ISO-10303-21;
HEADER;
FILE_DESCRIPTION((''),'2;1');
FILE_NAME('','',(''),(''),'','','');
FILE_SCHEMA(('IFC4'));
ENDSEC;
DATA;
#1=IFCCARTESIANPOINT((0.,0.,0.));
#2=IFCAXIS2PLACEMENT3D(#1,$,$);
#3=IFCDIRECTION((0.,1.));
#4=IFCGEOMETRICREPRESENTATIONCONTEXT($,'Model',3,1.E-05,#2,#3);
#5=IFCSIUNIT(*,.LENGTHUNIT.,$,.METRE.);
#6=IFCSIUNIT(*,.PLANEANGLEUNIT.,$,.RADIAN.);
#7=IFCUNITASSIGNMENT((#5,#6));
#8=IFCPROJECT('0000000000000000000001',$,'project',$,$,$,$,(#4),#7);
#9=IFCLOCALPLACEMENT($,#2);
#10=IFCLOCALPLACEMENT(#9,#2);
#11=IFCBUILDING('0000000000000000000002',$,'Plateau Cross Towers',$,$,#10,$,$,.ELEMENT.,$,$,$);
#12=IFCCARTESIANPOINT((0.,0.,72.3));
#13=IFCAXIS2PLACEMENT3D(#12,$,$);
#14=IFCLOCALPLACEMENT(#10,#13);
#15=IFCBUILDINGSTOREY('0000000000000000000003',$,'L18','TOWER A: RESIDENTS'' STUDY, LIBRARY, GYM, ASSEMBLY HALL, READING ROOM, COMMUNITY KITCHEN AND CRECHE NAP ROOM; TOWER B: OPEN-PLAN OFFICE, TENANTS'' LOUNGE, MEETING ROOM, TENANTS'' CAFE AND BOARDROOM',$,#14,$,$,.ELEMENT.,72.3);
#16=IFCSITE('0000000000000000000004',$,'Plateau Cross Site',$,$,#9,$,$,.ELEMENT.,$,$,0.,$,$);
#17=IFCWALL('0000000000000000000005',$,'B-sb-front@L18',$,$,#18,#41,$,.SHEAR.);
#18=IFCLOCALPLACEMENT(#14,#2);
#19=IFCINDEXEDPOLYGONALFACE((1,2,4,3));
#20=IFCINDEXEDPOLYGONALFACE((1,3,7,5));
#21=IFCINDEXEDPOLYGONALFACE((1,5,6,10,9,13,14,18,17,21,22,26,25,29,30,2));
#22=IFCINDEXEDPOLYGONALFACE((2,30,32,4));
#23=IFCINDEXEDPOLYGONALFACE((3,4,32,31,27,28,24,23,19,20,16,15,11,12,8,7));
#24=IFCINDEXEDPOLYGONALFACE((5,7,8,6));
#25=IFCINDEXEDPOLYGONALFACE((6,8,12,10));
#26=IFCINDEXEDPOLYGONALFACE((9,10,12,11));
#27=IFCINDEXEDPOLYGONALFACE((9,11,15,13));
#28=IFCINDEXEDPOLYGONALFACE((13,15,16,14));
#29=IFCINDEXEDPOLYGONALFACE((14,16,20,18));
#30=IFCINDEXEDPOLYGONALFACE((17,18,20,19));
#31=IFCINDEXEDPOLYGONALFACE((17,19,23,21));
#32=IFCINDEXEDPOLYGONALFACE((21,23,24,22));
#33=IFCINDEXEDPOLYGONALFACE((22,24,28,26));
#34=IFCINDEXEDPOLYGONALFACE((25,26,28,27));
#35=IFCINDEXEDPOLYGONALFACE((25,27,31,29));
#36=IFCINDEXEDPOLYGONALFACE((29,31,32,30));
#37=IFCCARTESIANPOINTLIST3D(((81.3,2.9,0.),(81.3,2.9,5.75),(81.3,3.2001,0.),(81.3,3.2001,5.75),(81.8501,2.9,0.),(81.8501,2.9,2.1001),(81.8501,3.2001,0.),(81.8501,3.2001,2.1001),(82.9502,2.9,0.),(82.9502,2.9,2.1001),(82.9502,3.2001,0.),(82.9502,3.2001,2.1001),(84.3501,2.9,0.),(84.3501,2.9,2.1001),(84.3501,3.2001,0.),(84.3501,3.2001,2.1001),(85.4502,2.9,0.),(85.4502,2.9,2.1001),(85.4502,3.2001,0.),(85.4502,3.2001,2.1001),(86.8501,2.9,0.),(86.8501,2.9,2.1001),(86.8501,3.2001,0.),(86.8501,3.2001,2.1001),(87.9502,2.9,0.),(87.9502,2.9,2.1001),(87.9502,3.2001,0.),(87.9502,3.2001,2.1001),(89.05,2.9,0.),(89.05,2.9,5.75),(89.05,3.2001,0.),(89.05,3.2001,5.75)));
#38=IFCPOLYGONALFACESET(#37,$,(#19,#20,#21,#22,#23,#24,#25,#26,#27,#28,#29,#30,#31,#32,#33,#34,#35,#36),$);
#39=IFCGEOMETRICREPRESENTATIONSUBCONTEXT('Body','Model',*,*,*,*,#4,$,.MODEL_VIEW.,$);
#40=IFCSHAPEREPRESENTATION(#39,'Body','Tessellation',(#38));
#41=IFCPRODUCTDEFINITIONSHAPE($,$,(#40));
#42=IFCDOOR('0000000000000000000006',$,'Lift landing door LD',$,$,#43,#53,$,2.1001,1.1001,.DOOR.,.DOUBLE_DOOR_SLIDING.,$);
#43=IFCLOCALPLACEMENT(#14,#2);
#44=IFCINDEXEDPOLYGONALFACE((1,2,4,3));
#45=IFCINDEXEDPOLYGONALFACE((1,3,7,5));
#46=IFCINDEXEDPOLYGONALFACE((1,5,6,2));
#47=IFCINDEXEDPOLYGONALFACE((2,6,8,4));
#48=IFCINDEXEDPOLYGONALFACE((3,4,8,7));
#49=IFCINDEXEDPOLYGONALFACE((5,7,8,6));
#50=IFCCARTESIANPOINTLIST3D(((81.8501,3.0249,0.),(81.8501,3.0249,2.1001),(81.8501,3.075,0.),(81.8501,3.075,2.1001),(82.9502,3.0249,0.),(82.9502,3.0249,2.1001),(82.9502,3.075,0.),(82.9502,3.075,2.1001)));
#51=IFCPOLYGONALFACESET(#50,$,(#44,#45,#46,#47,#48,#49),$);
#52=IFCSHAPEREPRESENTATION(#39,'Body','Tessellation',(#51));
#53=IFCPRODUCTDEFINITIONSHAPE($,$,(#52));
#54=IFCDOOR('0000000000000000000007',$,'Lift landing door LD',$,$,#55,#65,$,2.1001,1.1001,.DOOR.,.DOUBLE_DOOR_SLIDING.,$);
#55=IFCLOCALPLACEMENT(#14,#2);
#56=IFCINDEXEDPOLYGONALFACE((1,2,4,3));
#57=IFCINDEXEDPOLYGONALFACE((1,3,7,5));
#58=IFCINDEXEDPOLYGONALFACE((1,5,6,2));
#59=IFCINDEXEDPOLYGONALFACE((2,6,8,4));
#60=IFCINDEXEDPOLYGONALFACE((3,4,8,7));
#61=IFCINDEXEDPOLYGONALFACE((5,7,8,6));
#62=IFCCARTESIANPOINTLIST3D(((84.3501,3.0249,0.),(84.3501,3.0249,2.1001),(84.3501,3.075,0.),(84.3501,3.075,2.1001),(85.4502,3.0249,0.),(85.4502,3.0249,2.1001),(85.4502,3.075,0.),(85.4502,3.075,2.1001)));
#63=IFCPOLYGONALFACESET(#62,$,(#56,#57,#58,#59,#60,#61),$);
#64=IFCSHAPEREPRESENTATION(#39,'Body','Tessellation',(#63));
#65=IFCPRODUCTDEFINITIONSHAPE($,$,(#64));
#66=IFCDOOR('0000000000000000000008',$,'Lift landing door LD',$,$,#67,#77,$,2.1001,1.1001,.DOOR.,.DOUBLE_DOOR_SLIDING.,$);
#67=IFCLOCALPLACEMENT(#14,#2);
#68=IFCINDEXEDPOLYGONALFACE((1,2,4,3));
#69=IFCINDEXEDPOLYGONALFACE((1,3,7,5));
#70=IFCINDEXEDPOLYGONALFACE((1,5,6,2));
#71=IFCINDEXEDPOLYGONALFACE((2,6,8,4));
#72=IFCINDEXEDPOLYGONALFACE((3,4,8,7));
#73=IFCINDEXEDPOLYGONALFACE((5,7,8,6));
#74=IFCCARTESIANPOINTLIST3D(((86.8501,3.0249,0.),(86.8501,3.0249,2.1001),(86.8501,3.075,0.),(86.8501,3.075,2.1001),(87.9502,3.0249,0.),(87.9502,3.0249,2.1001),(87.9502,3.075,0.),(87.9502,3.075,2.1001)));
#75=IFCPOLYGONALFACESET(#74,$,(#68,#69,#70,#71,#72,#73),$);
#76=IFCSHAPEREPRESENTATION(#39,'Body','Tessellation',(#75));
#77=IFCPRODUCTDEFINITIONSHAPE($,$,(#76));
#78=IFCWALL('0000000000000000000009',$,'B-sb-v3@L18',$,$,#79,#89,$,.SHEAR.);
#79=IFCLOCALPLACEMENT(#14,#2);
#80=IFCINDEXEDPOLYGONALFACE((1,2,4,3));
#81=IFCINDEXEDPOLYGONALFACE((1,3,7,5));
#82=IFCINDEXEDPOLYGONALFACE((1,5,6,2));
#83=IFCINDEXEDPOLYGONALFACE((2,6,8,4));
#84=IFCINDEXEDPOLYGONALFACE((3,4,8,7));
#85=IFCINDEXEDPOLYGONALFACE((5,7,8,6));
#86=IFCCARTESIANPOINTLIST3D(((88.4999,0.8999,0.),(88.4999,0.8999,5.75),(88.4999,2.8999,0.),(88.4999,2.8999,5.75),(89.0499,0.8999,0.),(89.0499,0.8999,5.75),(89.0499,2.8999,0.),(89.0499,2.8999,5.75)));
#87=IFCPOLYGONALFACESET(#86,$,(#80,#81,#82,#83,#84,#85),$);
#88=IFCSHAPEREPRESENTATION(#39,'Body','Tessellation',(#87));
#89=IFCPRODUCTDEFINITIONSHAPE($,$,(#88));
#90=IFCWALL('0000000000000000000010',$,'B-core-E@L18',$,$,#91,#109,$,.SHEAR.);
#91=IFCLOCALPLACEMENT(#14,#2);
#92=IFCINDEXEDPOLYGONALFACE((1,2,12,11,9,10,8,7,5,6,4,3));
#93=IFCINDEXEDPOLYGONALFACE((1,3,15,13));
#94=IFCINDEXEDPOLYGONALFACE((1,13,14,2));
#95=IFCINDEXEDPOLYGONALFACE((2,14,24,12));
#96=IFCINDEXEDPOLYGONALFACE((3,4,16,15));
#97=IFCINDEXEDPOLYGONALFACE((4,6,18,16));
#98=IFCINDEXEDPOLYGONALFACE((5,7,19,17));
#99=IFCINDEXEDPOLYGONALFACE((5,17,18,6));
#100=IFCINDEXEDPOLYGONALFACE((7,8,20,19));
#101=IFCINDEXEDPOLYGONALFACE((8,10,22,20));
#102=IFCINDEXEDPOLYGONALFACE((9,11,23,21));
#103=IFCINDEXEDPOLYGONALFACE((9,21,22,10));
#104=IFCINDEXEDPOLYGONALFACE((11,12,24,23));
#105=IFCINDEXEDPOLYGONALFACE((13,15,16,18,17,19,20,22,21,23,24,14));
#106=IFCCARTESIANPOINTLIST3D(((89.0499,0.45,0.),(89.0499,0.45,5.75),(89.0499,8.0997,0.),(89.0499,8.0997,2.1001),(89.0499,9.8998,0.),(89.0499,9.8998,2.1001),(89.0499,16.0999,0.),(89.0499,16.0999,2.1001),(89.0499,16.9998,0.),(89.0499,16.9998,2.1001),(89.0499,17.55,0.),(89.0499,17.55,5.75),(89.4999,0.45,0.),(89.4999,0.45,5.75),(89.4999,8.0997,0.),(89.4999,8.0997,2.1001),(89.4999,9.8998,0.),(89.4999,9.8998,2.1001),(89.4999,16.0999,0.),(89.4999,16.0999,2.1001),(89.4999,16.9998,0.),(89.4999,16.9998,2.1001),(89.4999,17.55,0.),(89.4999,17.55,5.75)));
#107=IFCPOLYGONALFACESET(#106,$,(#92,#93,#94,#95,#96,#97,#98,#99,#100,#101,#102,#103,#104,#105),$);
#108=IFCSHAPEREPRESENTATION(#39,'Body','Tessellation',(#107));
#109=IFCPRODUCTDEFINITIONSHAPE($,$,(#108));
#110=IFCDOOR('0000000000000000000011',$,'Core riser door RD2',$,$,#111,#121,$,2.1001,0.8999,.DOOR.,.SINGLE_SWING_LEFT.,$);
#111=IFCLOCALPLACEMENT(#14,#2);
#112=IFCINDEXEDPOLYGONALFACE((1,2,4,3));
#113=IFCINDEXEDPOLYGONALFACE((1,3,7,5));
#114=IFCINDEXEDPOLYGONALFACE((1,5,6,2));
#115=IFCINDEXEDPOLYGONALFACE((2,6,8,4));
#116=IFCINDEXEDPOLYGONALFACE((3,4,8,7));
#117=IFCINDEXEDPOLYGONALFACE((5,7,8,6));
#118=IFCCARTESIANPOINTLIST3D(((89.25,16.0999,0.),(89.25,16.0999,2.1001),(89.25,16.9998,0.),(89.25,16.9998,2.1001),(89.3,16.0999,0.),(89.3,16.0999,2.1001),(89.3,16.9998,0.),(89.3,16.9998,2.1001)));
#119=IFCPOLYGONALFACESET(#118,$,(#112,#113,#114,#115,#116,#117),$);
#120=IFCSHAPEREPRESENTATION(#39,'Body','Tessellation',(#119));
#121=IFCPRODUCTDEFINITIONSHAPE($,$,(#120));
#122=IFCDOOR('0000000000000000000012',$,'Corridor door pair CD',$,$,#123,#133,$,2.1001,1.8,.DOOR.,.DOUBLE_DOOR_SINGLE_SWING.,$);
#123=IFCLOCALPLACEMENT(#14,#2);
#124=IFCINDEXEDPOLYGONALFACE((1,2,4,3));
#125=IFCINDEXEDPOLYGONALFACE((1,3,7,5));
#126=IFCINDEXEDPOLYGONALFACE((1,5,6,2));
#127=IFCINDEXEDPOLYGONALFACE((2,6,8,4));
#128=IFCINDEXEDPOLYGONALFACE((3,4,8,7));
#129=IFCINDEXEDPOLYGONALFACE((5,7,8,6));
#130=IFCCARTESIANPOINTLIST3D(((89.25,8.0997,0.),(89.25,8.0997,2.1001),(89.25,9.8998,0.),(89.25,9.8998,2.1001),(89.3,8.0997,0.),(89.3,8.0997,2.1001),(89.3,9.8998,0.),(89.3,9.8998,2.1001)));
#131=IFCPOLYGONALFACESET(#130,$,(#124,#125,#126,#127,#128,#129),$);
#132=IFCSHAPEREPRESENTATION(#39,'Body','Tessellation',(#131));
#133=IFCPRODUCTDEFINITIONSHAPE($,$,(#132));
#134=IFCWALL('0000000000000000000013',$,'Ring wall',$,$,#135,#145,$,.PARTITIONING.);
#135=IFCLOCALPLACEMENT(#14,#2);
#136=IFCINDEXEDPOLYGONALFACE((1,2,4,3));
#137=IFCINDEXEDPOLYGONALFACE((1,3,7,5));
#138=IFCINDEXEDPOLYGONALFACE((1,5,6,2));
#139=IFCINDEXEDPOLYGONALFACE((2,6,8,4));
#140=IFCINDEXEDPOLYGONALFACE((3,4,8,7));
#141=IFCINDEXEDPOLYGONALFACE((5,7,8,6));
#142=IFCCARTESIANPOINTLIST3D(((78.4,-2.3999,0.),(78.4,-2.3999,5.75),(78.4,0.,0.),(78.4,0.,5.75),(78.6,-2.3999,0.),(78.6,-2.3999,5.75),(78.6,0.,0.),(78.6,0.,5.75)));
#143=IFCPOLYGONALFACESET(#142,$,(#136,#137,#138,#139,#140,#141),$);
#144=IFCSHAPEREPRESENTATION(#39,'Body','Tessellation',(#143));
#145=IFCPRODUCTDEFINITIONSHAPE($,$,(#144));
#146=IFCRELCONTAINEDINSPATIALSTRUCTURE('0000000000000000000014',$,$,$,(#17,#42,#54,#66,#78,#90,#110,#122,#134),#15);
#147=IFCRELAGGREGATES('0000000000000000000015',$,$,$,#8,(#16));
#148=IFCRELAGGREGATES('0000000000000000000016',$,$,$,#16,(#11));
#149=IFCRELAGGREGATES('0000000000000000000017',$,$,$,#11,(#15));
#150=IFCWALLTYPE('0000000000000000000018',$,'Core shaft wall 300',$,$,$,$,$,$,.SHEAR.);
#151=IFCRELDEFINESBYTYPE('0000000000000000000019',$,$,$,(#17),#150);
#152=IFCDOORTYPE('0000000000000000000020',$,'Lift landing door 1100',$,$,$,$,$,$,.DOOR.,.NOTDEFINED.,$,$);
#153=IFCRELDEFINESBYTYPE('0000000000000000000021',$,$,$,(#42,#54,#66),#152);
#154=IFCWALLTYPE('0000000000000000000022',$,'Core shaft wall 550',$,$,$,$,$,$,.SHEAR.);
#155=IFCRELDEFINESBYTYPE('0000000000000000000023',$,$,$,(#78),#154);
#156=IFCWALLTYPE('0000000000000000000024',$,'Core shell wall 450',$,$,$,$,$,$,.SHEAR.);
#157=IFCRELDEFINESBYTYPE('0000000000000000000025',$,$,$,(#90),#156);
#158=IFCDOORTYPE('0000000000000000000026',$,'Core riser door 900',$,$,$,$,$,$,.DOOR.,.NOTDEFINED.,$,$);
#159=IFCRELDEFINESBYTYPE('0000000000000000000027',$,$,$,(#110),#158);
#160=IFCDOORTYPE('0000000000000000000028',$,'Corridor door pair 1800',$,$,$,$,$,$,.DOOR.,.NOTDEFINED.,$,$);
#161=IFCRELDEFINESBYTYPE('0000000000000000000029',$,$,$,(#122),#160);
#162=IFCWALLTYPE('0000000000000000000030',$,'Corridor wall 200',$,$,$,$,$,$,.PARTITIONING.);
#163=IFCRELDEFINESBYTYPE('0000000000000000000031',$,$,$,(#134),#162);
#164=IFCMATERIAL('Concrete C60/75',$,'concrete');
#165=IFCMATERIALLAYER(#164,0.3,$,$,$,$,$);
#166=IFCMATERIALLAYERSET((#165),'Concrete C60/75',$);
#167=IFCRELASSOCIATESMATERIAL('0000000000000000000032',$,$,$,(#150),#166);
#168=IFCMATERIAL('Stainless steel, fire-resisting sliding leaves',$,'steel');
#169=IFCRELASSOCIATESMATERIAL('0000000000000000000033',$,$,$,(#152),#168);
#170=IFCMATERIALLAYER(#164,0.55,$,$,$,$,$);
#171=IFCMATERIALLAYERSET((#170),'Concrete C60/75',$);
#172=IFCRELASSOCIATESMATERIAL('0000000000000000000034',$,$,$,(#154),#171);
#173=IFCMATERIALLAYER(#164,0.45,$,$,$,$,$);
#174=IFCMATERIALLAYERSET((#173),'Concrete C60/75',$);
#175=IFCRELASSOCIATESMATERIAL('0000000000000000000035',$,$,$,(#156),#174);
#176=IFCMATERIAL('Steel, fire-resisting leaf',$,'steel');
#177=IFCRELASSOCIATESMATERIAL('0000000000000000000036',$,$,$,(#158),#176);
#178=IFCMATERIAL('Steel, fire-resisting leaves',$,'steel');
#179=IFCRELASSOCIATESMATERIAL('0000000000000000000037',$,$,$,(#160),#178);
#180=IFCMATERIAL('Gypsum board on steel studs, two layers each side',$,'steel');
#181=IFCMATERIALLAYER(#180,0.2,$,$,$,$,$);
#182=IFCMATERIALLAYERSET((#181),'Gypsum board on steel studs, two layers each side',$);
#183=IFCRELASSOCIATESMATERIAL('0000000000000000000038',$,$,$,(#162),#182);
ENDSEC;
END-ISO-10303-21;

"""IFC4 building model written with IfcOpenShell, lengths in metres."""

from ifc_helpers import new_model, si_unit, direction, frame, frame_2d, origin, place, context, subcontext, project, spatial, rectangle, extrude, material, layer, layer_set, type_object, element, fill, save


model = new_model("IFC4")

# Units and contexts
model_context = context("Model", 3, precision=1e-05, world=origin(), true_north=direction((0.0, 1.0)))
body_context = subcontext(model_context, "Body", "Model", "MODEL_VIEW")
ifc_project = project(units=[si_unit("LENGTHUNIT", "METRE"), si_unit("PLANEANGLEUNIT", "RADIAN")], contexts=[model_context])

# Site, building, storey
site_placement = place(None, origin())
site = spatial("IfcSite", under=ifc_project, at=site_placement, Name="Plateau Cross Site", CompositionType="ELEMENT", RefElevation=0.0)
building_placement = place(site_placement, origin())
building = spatial("IfcBuilding", under=site, at=building_placement, Name="Plateau Cross Towers", CompositionType="ELEMENT")
storey_placement = place(building_placement, frame((0.0, 0.0, 72.3)))
storey = spatial("IfcBuildingStorey", under=building, at=storey_placement, Name="L18", Description="TOWER A: RESIDENTS' STUDY, LIBRARY, GYM, ASSEMBLY HALL, READING ROOM, COMMUNITY KITCHEN AND CRECHE NAP ROOM; TOWER B: OPEN-PLAN OFFICE, TENANTS' LOUNGE, MEETING ROOM, TENANTS' CAFE AND BOARDROOM", CompositionType="ELEMENT", Elevation=72.3)

# Shared definitions
ifc_material_1 = material(Name="Concrete C60/75", Category="concrete")

# Shared definitions
ifc_layer_1 = layer(ifc_material_1, 0.3)
ifc_layer_set_1 = layer_set([ifc_layer_1], Name="Concrete C60/75")
wall_type_1 = type_object("IfcWallType", Name="Core shaft wall 300", PredefinedType="SHEAR", material=ifc_layer_set_1)

# Wall, openings, doors
wall_1_placement = place(storey_placement, frame((81.3, 3.05, 0.0), z_axis=(0.0, 0.0, 1.0), x_axis=(1.0, 0.0, 0.0)))
wall_1 = element("IfcWall", 1, at=wall_1_placement, inside=storey, type_object=wall_type_1, Name="B-sb-front@L18", PredefinedType="SHEAR", context=body_context, shape_type="SweptSolid", body=[
    extrude(rectangle(XDim=7.75, YDim=0.3, at=frame_2d((3.875, 0.0))), origin(), (0.0, 0.0, 1.0), 5.75),
])
opening_1_placement = place(wall_1_placement, frame((0.55, 0.0, 0.0)))
opening_1 = element("IfcOpeningElement", 2, at=opening_1_placement, cuts=wall_1, PredefinedType="OPENING", context=body_context, shape_type="SweptSolid", body=[
    extrude(rectangle(XDim=1.1001, YDim=2.1001, at=frame_2d((0.55, 1.05))), frame((0.0, 0.1599, 0.0), z_axis=(0.0, -1.0, 0.0), x_axis=(1.0, 0.0, 0.0)), (0.0, 0.0, 1.0), 0.3201),
])
opening_2_placement = place(wall_1_placement, frame((3.05, 0.0, 0.0)))
opening_2 = element("IfcOpeningElement", 3, at=opening_2_placement, cuts=wall_1, PredefinedType="OPENING", context=body_context, shape_type="SweptSolid", body=[
    extrude(rectangle(XDim=1.1001, YDim=2.1001, at=frame_2d((0.55, 1.05))), frame((0.0, 0.1599, 0.0), z_axis=(0.0, -1.0, 0.0), x_axis=(1.0, 0.0, 0.0)), (0.0, 0.0, 1.0), 0.3201),
])
opening_3_placement = place(wall_1_placement, frame((5.55, 0.0, 0.0)))
opening_3 = element("IfcOpeningElement", 4, at=opening_3_placement, cuts=wall_1, PredefinedType="OPENING", context=body_context, shape_type="SweptSolid", body=[
    extrude(rectangle(XDim=1.1001, YDim=2.1001, at=frame_2d((0.55, 1.05))), frame((0.0, 0.1599, 0.0), z_axis=(0.0, -1.0, 0.0), x_axis=(1.0, 0.0, 0.0)), (0.0, 0.0, 1.0), 0.3201),
])
ifc_material_2 = material(Name="Stainless steel, fire-resisting sliding leaves", Category="steel")
door_type_1 = type_object("IfcDoorType", Name="Lift landing door 1100", OperationType="NOTDEFINED", PredefinedType="DOOR", material=ifc_material_2)
door_1_placement = place(opening_1_placement, origin())
door_1 = element("IfcDoor", 5, at=door_1_placement, inside=storey, type_object=door_type_1, Name="Lift landing door LD", OperationType="DOUBLE_DOOR_SLIDING", OverallHeight=2.1001, OverallWidth=1.1001, PredefinedType="DOOR", context=body_context, shape_type="SweptSolid", body=[
    extrude(rectangle(XDim=1.1001, YDim=2.1001, at=frame_2d((0.55, 1.05))), frame((0.0, 0.0249, 0.0), z_axis=(0.0, -1.0, 0.0), x_axis=(1.0, 0.0, 0.0)), (0.0, 0.0, 1.0), 0.05),
])
fill(opening_1, door_1)
door_2_placement = place(opening_2_placement, origin())
door_2 = element("IfcDoor", 6, at=door_2_placement, inside=storey, type_object=door_type_1, Name="Lift landing door LD", OperationType="DOUBLE_DOOR_SLIDING", OverallHeight=2.1001, OverallWidth=1.1001, PredefinedType="DOOR", context=body_context, shape_type="SweptSolid", body=[
    extrude(rectangle(XDim=1.1001, YDim=2.1001, at=frame_2d((0.55, 1.05))), frame((0.0, 0.0249, 0.0), z_axis=(0.0, -1.0, 0.0), x_axis=(1.0, 0.0, 0.0)), (0.0, 0.0, 1.0), 0.05),
])
fill(opening_2, door_2)
door_3_placement = place(opening_3_placement, origin())
door_3 = element("IfcDoor", 7, at=door_3_placement, inside=storey, type_object=door_type_1, Name="Lift landing door LD", OperationType="DOUBLE_DOOR_SLIDING", OverallHeight=2.1001, OverallWidth=1.1001, PredefinedType="DOOR", context=body_context, shape_type="SweptSolid", body=[
    extrude(rectangle(XDim=1.1001, YDim=2.1001, at=frame_2d((0.55, 1.05))), frame((0.0, 0.0249, 0.0), z_axis=(0.0, -1.0, 0.0), x_axis=(1.0, 0.0, 0.0)), (0.0, 0.0, 1.0), 0.05),
])
fill(opening_3, door_3)

# Wall
ifc_layer_2 = layer(ifc_material_1, 0.55)
ifc_layer_set_2 = layer_set([ifc_layer_2], Name="Concrete C60/75")
wall_type_2 = type_object("IfcWallType", Name="Core shaft wall 550", PredefinedType="SHEAR", material=ifc_layer_set_2)
wall_2_placement = place(storey_placement, frame((88.7749, 0.8999, 0.0), z_axis=(0.0, 0.0, 1.0), x_axis=(0.0, 1.0, 0.0)))
element("IfcWall", 8, at=wall_2_placement, inside=storey, type_object=wall_type_2, Name="B-sb-v3@L18", PredefinedType="SHEAR", context=body_context, shape_type="SweptSolid", body=[
    extrude(rectangle(XDim=2.0, YDim=0.55, at=frame_2d((1.0, 0.0))), origin(), (0.0, 0.0, 1.0), 5.75),
])

# Wall, openings, doors
ifc_layer_3 = layer(ifc_material_1, 0.45)
ifc_layer_set_3 = layer_set([ifc_layer_3], Name="Concrete C60/75")
wall_type_3 = type_object("IfcWallType", Name="Core shell wall 450", PredefinedType="SHEAR", material=ifc_layer_set_3)
wall_3_placement = place(storey_placement, frame((89.2749, 0.45, 0.0), z_axis=(0.0, 0.0, 1.0), x_axis=(0.0, 1.0, 0.0)))
wall_3 = element("IfcWall", 9, at=wall_3_placement, inside=storey, type_object=wall_type_3, Name="B-core-E@L18", PredefinedType="SHEAR", context=body_context, shape_type="SweptSolid", body=[
    extrude(rectangle(XDim=17.1001, YDim=0.45, at=frame_2d((8.55, 0.0))), origin(), (0.0, 0.0, 1.0), 5.75),
])
opening_4_placement = place(wall_3_placement, frame((7.6499, 0.0, 0.0)))
opening_4 = element("IfcOpeningElement", 10, at=opening_4_placement, cuts=wall_3, PredefinedType="OPENING", context=body_context, shape_type="SweptSolid", body=[
    extrude(rectangle(XDim=1.8, YDim=2.1001, at=frame_2d((0.8999, 1.05))), frame((0.0, 0.2349, 0.0), z_axis=(0.0, -1.0, 0.0), x_axis=(1.0, 0.0, 0.0)), (0.0, 0.0, 1.0), 0.47),
])
opening_5_placement = place(wall_3_placement, frame((15.6499, 0.0, 0.0)))
opening_5 = element("IfcOpeningElement", 11, at=opening_5_placement, cuts=wall_3, PredefinedType="OPENING", context=body_context, shape_type="SweptSolid", body=[
    extrude(rectangle(XDim=0.8999, YDim=2.1001, at=frame_2d((0.45, 1.05))), frame((0.0, 0.2349, 0.0), z_axis=(0.0, -1.0, 0.0), x_axis=(1.0, 0.0, 0.0)), (0.0, 0.0, 1.0), 0.47),
])
ifc_material_3 = material(Name="Steel, fire-resisting leaf", Category="steel")
door_type_2 = type_object("IfcDoorType", Name="Core riser door 900", OperationType="NOTDEFINED", PredefinedType="DOOR", material=ifc_material_3)
door_4_placement = place(opening_5_placement, origin())
door_4 = element("IfcDoor", 12, at=door_4_placement, inside=storey, type_object=door_type_2, Name="Core riser door RD2", OperationType="SINGLE_SWING_LEFT", OverallHeight=2.1001, OverallWidth=0.8999, PredefinedType="DOOR", context=body_context, shape_type="SweptSolid", body=[
    extrude(rectangle(XDim=0.8999, YDim=2.1001, at=frame_2d((0.45, 1.05))), frame((0.0, 0.0249, 0.0), z_axis=(0.0, -1.0, 0.0), x_axis=(1.0, 0.0, 0.0)), (0.0, 0.0, 1.0), 0.05),
])
fill(opening_5, door_4)
ifc_material_4 = material(Name="Steel, fire-resisting leaves", Category="steel")
door_type_3 = type_object("IfcDoorType", Name="Corridor door pair 1800", OperationType="NOTDEFINED", PredefinedType="DOOR", material=ifc_material_4)
door_5_placement = place(opening_4_placement, origin())
door_5 = element("IfcDoor", 13, at=door_5_placement, inside=storey, type_object=door_type_3, Name="Corridor door pair CD", OperationType="DOUBLE_DOOR_SINGLE_SWING", OverallHeight=2.1001, OverallWidth=1.8, PredefinedType="DOOR", context=body_context, shape_type="SweptSolid", body=[
    extrude(rectangle(XDim=1.8, YDim=2.1001, at=frame_2d((0.8999, 1.05))), frame((0.0, 0.0249, 0.0), z_axis=(0.0, -1.0, 0.0), x_axis=(1.0, 0.0, 0.0)), (0.0, 0.0, 1.0), 0.05),
])
fill(opening_4, door_5)

# Wall
ifc_material_5 = material(Name="Gypsum board on steel studs, two layers each side", Category="steel")
ifc_layer_4 = layer(ifc_material_5, 0.2)
ifc_layer_set_4 = layer_set([ifc_layer_4], Name="Gypsum board on steel studs, two layers each side")
wall_type_4 = type_object("IfcWallType", Name="Corridor wall 200", PredefinedType="PARTITIONING", material=ifc_layer_set_4)
wall_4_placement = place(storey_placement, frame((78.5, -2.3999, 0.0), z_axis=(0.0, 0.0, 1.0), x_axis=(0.0, 1.0, 0.0)))
element("IfcWall", 14, at=wall_4_placement, inside=storey, type_object=wall_type_4, Name="Ring wall", PredefinedType="PARTITIONING", context=body_context, shape_type="SweptSolid", body=[
    extrude(rectangle(XDim=2.3999, YDim=0.2, at=frame_2d((1.2, 0.0))), origin(), (0.0, 0.0, 1.0), 5.75),
])

save(model, "model.ifc")
